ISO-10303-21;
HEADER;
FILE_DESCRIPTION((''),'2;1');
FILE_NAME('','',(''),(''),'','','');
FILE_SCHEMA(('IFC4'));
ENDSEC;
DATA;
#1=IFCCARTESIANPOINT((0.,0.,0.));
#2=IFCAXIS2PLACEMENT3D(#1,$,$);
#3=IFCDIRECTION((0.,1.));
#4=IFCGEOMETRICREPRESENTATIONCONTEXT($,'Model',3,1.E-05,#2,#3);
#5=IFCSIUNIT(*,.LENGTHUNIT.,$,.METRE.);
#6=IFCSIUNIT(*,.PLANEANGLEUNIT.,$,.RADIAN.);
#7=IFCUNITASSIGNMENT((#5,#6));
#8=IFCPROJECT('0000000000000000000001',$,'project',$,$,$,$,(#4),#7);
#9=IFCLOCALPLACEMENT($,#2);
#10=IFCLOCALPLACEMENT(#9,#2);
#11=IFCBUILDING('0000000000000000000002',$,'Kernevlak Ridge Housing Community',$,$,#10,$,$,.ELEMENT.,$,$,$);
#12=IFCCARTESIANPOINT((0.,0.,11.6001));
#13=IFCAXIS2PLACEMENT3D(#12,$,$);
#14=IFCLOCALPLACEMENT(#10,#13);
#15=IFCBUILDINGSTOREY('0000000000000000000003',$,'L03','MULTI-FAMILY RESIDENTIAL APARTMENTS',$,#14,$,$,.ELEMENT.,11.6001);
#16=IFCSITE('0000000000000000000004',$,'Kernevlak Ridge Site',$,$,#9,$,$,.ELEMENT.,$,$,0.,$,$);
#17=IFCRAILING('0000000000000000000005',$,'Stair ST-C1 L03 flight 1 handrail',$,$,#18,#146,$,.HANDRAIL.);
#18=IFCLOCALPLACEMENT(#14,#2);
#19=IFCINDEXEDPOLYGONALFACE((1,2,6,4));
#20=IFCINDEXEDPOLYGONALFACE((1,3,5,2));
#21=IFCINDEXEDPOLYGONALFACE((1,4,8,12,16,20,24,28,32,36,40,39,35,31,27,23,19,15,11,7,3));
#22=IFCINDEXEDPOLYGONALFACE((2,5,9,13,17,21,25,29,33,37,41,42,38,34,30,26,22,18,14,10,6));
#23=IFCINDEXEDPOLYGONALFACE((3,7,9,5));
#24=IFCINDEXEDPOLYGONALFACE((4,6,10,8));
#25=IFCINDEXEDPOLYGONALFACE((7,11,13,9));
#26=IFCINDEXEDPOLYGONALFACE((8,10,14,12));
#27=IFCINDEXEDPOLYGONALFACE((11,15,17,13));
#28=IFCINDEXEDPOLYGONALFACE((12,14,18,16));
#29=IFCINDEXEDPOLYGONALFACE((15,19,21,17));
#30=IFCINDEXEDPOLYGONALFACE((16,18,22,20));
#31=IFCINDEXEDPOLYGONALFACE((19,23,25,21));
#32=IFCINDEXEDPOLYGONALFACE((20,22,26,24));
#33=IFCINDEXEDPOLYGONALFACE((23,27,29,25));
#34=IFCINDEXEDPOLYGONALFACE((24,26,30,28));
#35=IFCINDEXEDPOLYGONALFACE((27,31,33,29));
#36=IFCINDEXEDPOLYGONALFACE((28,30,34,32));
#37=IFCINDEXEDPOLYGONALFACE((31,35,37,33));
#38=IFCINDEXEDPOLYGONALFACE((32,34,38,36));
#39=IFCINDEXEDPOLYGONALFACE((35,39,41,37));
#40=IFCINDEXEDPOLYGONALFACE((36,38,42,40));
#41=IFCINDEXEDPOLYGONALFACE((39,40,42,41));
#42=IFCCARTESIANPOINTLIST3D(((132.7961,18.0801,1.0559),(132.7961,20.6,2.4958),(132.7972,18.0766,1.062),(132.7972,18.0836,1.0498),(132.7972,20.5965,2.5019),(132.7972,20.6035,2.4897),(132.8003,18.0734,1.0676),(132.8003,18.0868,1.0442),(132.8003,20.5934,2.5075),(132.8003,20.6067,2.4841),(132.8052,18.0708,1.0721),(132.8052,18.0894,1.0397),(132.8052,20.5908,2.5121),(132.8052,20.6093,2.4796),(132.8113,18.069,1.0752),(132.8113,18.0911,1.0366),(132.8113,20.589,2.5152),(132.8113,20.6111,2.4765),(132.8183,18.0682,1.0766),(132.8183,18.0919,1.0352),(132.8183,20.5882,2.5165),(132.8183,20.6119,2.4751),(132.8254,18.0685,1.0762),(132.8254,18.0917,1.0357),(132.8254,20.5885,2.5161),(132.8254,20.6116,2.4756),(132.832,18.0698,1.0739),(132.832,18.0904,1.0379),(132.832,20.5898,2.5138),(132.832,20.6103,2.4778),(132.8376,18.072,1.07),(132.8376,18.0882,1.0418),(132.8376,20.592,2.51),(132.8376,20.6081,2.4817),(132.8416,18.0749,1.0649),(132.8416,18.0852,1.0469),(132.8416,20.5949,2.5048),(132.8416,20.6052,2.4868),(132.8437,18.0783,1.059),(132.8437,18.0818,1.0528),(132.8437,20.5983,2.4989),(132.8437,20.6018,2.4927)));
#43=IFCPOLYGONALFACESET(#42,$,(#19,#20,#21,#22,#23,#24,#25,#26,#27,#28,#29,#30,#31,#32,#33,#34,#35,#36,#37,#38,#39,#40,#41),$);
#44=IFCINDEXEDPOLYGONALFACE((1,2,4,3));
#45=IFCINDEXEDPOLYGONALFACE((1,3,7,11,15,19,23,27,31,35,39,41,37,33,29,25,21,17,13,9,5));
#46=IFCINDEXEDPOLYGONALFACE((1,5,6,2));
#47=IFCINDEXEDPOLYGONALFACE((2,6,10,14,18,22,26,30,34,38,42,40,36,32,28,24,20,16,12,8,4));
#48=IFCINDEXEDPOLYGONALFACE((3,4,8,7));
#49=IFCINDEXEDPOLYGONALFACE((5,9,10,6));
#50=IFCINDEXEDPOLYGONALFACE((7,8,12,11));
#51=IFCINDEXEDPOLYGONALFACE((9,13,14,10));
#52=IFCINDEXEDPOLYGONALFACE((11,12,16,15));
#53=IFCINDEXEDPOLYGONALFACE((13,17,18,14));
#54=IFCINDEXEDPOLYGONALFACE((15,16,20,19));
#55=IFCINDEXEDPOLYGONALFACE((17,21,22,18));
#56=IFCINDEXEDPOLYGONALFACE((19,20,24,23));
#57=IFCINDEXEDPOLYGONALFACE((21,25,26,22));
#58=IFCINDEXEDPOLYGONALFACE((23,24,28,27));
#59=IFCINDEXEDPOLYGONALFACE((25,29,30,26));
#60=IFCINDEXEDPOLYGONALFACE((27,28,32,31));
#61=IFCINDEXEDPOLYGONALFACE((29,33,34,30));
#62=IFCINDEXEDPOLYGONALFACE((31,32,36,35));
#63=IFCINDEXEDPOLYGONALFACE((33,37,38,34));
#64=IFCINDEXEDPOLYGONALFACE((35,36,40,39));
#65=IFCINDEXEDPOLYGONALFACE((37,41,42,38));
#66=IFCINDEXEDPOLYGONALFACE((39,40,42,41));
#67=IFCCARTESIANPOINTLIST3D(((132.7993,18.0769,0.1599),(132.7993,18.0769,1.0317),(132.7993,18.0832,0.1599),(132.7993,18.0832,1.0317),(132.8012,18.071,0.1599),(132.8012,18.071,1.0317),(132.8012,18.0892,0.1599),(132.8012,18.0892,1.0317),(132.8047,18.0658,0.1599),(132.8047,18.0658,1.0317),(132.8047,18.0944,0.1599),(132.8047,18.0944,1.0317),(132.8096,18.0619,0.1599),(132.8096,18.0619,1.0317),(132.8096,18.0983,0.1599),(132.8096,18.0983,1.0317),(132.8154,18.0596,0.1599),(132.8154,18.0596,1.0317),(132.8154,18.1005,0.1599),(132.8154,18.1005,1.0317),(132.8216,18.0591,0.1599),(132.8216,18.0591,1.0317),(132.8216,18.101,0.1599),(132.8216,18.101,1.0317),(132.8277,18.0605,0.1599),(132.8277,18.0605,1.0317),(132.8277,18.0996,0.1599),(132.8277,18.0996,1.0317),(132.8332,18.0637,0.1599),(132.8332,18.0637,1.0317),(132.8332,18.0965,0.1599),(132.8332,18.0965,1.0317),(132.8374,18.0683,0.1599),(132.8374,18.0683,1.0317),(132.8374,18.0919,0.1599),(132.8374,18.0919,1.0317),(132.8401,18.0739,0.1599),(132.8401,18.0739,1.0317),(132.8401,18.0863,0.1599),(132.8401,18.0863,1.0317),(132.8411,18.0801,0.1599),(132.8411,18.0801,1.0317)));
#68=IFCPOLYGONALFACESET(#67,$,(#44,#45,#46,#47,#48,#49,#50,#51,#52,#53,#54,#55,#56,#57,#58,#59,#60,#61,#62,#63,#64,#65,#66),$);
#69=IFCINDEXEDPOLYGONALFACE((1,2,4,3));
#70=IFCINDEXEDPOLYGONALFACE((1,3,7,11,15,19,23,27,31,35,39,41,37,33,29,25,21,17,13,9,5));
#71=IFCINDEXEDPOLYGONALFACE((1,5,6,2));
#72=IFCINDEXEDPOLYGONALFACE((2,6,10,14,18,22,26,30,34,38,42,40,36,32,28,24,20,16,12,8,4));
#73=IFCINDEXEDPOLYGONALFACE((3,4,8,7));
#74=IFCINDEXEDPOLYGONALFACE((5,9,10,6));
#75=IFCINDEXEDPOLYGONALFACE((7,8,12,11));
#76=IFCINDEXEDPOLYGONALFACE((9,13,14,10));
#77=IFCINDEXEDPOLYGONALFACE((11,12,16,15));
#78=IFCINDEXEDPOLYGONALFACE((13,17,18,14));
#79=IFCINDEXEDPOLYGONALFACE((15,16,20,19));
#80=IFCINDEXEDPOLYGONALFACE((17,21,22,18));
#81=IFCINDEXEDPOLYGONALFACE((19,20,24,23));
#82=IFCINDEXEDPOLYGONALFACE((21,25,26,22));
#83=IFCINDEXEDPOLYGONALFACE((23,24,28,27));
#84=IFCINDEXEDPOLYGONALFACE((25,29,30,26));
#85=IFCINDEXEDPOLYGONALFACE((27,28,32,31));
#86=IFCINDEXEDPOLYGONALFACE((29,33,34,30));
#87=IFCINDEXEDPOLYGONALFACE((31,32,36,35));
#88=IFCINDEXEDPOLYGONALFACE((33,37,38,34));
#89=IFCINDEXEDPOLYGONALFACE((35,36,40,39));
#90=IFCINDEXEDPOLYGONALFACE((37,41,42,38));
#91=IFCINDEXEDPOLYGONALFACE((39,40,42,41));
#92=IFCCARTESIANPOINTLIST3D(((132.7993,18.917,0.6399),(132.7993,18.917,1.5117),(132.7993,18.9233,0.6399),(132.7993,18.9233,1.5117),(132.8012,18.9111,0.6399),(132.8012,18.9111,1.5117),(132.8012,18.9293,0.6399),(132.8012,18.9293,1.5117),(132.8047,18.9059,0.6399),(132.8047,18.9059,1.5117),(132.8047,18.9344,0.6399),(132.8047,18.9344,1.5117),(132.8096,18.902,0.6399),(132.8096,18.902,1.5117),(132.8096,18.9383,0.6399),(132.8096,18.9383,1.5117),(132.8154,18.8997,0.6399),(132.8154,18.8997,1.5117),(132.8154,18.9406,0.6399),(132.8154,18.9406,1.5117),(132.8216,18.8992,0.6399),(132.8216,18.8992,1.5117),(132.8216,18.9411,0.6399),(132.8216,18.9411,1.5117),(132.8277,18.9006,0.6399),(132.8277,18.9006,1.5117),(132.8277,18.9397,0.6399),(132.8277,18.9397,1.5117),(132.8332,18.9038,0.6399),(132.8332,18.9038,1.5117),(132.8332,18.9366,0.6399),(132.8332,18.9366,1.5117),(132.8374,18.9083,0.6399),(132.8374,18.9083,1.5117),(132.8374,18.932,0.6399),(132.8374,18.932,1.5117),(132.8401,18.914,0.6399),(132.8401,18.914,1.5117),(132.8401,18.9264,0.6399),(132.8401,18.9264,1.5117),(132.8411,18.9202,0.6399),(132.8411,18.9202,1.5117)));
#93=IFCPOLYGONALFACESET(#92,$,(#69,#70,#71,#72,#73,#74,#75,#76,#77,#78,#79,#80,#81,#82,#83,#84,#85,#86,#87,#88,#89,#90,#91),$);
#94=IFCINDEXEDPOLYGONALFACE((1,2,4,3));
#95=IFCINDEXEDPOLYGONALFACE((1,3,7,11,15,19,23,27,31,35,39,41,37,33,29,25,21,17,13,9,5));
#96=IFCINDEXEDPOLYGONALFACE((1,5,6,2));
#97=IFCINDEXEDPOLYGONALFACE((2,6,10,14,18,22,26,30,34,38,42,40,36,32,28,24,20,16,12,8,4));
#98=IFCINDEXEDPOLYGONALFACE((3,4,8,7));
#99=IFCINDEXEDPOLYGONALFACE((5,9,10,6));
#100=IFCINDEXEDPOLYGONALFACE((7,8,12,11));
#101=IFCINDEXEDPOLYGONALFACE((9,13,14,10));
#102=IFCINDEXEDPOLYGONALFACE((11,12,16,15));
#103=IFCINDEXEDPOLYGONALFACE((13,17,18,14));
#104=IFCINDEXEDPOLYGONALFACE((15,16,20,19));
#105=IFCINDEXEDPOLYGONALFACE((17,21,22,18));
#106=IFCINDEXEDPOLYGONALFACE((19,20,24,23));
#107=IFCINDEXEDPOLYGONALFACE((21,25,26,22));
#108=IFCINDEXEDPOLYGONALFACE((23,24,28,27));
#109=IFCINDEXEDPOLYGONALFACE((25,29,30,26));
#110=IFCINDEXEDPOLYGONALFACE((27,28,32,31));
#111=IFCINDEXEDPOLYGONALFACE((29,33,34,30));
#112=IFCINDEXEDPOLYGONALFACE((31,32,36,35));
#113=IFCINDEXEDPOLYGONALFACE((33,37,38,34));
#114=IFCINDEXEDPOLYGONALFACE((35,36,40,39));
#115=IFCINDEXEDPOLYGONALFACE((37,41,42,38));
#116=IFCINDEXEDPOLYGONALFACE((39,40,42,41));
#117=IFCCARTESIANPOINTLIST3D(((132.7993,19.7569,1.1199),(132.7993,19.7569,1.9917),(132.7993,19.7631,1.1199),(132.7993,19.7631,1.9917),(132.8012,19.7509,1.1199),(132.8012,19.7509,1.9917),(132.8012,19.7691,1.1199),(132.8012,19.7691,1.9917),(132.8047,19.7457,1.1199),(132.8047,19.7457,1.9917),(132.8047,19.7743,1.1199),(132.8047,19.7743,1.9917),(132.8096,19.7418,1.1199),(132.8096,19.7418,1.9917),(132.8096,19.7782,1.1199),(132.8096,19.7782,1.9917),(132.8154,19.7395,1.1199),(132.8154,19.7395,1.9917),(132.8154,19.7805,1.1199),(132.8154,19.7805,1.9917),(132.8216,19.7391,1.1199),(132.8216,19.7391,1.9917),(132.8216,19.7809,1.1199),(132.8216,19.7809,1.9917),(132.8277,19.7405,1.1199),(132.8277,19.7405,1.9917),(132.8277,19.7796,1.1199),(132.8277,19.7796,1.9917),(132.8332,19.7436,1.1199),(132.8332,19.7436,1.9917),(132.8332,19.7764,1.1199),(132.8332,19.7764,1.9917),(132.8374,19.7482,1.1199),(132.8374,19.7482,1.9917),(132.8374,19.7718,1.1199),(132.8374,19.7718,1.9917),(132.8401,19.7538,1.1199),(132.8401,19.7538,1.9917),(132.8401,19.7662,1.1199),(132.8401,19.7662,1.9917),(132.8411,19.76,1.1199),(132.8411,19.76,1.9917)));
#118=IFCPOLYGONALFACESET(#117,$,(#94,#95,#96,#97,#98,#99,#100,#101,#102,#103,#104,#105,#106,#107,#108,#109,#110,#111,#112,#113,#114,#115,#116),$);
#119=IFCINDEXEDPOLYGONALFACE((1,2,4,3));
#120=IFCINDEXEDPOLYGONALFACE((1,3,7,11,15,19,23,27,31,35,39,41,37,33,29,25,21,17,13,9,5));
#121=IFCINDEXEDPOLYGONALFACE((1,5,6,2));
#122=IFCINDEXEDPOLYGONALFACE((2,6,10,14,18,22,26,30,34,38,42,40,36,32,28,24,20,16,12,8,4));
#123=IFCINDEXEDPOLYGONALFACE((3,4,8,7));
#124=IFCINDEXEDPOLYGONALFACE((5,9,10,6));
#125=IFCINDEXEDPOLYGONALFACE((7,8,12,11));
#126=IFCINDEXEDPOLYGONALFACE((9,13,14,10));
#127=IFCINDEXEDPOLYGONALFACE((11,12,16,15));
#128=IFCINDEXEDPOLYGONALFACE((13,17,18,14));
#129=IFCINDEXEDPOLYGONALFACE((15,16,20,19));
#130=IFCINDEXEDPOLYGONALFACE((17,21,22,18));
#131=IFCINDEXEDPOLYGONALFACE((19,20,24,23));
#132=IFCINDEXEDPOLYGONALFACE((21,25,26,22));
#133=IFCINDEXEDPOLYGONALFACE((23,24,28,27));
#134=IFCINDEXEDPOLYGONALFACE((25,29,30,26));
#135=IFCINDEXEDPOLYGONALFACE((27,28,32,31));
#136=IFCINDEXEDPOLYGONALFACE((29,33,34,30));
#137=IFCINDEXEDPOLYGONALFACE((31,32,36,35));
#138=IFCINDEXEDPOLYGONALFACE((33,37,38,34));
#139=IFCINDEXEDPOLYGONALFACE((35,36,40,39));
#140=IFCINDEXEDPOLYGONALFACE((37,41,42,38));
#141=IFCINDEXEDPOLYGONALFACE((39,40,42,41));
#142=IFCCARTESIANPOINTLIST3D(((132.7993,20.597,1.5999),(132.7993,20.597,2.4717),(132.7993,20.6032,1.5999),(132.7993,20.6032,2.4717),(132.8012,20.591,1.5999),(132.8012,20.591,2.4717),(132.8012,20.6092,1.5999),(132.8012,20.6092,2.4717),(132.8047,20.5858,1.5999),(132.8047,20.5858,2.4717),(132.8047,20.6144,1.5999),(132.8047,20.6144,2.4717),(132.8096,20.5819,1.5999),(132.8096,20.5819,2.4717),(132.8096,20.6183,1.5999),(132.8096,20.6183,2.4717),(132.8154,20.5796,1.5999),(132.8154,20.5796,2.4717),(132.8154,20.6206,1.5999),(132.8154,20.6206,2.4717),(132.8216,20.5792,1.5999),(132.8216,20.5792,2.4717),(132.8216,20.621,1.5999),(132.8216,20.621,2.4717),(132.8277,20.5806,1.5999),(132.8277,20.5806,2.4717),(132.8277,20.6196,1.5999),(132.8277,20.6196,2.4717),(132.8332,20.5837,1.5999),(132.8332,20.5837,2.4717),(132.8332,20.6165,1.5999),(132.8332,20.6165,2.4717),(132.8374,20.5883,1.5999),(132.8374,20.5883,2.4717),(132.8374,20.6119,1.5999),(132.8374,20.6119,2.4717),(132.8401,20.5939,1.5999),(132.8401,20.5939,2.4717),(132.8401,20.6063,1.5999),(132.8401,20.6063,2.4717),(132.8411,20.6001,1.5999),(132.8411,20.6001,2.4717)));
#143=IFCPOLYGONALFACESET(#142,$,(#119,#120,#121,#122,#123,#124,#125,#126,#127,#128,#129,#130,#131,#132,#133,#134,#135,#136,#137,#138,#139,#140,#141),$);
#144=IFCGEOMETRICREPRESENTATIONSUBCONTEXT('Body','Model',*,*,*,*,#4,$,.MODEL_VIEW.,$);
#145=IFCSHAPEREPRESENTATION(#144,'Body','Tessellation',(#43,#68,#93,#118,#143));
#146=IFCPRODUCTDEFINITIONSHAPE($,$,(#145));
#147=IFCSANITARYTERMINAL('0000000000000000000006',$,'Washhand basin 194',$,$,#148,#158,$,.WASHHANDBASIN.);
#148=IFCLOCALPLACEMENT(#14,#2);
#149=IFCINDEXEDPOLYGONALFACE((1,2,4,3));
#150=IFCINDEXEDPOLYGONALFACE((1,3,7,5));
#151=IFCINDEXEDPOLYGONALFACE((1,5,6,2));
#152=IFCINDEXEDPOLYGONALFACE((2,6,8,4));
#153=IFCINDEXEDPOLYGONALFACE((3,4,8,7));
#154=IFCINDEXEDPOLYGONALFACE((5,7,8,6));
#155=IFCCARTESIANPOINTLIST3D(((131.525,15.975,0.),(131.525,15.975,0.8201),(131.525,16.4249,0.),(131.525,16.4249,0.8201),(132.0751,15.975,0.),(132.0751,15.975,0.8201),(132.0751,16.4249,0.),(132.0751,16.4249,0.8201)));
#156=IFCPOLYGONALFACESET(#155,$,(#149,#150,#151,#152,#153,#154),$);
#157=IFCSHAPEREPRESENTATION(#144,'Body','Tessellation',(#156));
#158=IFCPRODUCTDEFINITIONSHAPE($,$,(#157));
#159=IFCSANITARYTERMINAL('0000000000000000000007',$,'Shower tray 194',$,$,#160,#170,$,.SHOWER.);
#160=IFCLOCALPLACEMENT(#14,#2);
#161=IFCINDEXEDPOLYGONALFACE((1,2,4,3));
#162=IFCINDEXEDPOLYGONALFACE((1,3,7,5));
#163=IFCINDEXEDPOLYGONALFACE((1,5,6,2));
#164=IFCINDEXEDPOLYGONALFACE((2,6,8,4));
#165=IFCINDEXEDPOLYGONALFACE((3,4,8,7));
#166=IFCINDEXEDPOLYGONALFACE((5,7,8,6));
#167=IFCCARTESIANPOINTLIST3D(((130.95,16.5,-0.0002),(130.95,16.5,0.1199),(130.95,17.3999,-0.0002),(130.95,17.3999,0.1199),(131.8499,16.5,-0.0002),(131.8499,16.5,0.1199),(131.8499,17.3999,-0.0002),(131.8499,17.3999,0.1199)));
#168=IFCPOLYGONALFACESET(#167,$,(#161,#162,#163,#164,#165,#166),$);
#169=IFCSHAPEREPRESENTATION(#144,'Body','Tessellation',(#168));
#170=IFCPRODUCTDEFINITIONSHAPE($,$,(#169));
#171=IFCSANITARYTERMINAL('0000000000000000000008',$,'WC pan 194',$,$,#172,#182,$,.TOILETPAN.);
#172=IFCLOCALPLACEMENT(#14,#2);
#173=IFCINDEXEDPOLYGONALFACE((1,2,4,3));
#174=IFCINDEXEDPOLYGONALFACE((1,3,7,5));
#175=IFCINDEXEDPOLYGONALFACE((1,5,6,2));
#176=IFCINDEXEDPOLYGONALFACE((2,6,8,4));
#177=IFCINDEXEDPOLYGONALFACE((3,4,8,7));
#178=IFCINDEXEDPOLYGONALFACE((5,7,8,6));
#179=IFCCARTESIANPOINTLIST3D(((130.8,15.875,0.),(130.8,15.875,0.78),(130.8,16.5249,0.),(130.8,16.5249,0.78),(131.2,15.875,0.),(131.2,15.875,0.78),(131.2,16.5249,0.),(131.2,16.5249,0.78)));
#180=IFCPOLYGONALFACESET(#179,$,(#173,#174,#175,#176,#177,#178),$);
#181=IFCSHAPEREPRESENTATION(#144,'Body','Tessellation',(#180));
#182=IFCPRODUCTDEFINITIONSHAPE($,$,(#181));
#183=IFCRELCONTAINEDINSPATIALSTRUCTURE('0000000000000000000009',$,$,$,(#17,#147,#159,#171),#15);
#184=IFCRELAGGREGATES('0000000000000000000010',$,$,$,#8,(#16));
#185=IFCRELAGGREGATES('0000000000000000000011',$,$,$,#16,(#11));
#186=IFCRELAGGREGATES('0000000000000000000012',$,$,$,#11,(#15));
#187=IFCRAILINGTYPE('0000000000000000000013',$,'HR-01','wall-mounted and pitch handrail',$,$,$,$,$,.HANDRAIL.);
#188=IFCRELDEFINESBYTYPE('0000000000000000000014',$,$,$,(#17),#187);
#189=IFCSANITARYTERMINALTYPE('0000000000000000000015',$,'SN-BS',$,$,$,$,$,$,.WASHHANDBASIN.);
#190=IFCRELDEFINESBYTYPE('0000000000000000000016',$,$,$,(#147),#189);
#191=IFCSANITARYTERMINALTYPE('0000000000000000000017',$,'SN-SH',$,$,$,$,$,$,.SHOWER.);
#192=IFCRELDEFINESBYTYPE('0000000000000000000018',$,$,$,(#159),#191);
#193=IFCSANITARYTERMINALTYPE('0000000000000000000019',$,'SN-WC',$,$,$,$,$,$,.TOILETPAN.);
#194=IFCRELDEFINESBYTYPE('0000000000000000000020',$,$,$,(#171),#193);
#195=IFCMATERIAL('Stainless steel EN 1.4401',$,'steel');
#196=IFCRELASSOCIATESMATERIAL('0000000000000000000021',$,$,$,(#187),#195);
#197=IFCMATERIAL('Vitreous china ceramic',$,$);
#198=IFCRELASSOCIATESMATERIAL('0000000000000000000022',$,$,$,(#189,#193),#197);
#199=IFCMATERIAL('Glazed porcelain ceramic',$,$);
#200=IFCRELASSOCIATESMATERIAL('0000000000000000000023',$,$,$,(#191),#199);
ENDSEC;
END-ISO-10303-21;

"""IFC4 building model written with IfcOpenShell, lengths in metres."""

from ifc_helpers import new_model, si_unit, direction, frame, origin, origin_2d, place, context, subcontext, project, spatial, rectangle, circle, extrude, material, type_object, element, save


model = new_model("IFC4")

# Units and contexts
model_context = context("Model", 3, precision=1e-05, world=origin(), true_north=direction((0.0, 1.0)))
body_context = subcontext(model_context, "Body", "Model", "MODEL_VIEW")
ifc_project = project(units=[si_unit("LENGTHUNIT", "METRE"), si_unit("PLANEANGLEUNIT", "RADIAN")], contexts=[model_context])

# Site, building, storey
site_placement = place(None, origin())
site = spatial("IfcSite", under=ifc_project, at=site_placement, Name="Kernevlak Ridge Site", CompositionType="ELEMENT", RefElevation=0.0)
building_placement = place(site_placement, origin())
building = spatial("IfcBuilding", under=site, at=building_placement, Name="Kernevlak Ridge Housing Community", CompositionType="ELEMENT")
storey_placement = place(building_placement, frame((0.0, 0.0, 11.6001)))
storey = spatial("IfcBuildingStorey", under=building, at=storey_placement, Name="L03", Description="MULTI-FAMILY RESIDENTIAL APARTMENTS", CompositionType="ELEMENT", Elevation=11.6001)

# Railing
ifc_material_1 = material(Name="Stainless steel EN 1.4401", Category="steel")
railing_type_1 = type_object("IfcRailingType", Name="HR-01", Description="wall-mounted and pitch handrail", PredefinedType="HANDRAIL", material=ifc_material_1)
railing_1_placement = place(storey_placement, frame((132.8201, 18.0801, 0.1599)))
element("IfcRailing", 1, at=railing_1_placement, inside=storey, type_object=railing_type_1, Name="Stair ST-C1 L03 flight 1 handrail", PredefinedType="HANDRAIL", context=body_context, shape_type="SweptSolid", body=[
    extrude(circle(Radius=0.0239, at=origin_2d()), frame((0.0, 0.0, 0.896), z_axis=(0.0, 0.868253, 0.496121), x_axis=(-1.0, 0.0, 0.0)), (0.0, 0.0, 1.0), 2.9023),
    extrude(circle(Radius=0.021, at=origin_2d()), origin(), (0.0, 0.0, 1.0), 0.8718),
    extrude(circle(Radius=0.021, at=origin_2d()), frame((0.0, 0.8401, 0.48)), (0.0, 0.0, 1.0), 0.8718),
    extrude(circle(Radius=0.021, at=origin_2d()), frame((0.0, 1.6799, 0.96)), (0.0, 0.0, 1.0), 0.8718),
    extrude(circle(Radius=0.021, at=origin_2d()), frame((0.0, 2.52, 1.4399)), (0.0, 0.0, 1.0), 0.8718),
])

# Sanitary terminals
ifc_material_2 = material(Name="Vitreous china ceramic")
sanitary_terminal_type_1 = type_object("IfcSanitaryTerminalType", Name="SN-BS", PredefinedType="WASHHANDBASIN", material=ifc_material_2)
sanitary_terminal_1_placement = place(storey_placement, frame((131.8, 16.2, 0.0), z_axis=(0.0, 0.0, 1.0), x_axis=(1.0, 0.0, 0.0)))
element("IfcSanitaryTerminal", 2, at=sanitary_terminal_1_placement, inside=storey, type_object=sanitary_terminal_type_1, Name="Washhand basin 194", PredefinedType="WASHHANDBASIN", context=body_context, shape_type="SweptSolid", body=[
    extrude(rectangle(XDim=0.55, YDim=0.45, at=origin_2d()), origin(), (0.0, 0.0, 1.0), 0.8201),
])
ifc_material_3 = material(Name="Glazed porcelain ceramic")
sanitary_terminal_type_2 = type_object("IfcSanitaryTerminalType", Name="SN-SH", PredefinedType="SHOWER", material=ifc_material_3)
sanitary_terminal_2_placement = place(storey_placement, frame((131.3999, 16.95, -0.0002), z_axis=(0.0, 0.0, 1.0), x_axis=(1.0, 0.0, 0.0)))
element("IfcSanitaryTerminal", 3, at=sanitary_terminal_2_placement, inside=storey, type_object=sanitary_terminal_type_2, Name="Shower tray 194", PredefinedType="SHOWER", context=body_context, shape_type="SweptSolid", body=[
    extrude(rectangle(XDim=0.8999, YDim=0.8999, at=origin_2d()), origin(), (0.0, 0.0, 1.0), 0.1201),
])
sanitary_terminal_type_3 = type_object("IfcSanitaryTerminalType", Name="SN-WC", PredefinedType="TOILETPAN", material=ifc_material_2)
sanitary_terminal_3_placement = place(storey_placement, frame((131.0, 16.2, 0.0), z_axis=(0.0, 0.0, 1.0), x_axis=(1.0, 0.0, 0.0)))
element("IfcSanitaryTerminal", 4, at=sanitary_terminal_3_placement, inside=storey, type_object=sanitary_terminal_type_3, Name="WC pan 194", PredefinedType="TOILETPAN", context=body_context, shape_type="SweptSolid", body=[
    extrude(rectangle(XDim=0.3999, YDim=0.6499, at=origin_2d()), origin(), (0.0, 0.0, 1.0), 0.78),
])

save(model, "model.ifc")
